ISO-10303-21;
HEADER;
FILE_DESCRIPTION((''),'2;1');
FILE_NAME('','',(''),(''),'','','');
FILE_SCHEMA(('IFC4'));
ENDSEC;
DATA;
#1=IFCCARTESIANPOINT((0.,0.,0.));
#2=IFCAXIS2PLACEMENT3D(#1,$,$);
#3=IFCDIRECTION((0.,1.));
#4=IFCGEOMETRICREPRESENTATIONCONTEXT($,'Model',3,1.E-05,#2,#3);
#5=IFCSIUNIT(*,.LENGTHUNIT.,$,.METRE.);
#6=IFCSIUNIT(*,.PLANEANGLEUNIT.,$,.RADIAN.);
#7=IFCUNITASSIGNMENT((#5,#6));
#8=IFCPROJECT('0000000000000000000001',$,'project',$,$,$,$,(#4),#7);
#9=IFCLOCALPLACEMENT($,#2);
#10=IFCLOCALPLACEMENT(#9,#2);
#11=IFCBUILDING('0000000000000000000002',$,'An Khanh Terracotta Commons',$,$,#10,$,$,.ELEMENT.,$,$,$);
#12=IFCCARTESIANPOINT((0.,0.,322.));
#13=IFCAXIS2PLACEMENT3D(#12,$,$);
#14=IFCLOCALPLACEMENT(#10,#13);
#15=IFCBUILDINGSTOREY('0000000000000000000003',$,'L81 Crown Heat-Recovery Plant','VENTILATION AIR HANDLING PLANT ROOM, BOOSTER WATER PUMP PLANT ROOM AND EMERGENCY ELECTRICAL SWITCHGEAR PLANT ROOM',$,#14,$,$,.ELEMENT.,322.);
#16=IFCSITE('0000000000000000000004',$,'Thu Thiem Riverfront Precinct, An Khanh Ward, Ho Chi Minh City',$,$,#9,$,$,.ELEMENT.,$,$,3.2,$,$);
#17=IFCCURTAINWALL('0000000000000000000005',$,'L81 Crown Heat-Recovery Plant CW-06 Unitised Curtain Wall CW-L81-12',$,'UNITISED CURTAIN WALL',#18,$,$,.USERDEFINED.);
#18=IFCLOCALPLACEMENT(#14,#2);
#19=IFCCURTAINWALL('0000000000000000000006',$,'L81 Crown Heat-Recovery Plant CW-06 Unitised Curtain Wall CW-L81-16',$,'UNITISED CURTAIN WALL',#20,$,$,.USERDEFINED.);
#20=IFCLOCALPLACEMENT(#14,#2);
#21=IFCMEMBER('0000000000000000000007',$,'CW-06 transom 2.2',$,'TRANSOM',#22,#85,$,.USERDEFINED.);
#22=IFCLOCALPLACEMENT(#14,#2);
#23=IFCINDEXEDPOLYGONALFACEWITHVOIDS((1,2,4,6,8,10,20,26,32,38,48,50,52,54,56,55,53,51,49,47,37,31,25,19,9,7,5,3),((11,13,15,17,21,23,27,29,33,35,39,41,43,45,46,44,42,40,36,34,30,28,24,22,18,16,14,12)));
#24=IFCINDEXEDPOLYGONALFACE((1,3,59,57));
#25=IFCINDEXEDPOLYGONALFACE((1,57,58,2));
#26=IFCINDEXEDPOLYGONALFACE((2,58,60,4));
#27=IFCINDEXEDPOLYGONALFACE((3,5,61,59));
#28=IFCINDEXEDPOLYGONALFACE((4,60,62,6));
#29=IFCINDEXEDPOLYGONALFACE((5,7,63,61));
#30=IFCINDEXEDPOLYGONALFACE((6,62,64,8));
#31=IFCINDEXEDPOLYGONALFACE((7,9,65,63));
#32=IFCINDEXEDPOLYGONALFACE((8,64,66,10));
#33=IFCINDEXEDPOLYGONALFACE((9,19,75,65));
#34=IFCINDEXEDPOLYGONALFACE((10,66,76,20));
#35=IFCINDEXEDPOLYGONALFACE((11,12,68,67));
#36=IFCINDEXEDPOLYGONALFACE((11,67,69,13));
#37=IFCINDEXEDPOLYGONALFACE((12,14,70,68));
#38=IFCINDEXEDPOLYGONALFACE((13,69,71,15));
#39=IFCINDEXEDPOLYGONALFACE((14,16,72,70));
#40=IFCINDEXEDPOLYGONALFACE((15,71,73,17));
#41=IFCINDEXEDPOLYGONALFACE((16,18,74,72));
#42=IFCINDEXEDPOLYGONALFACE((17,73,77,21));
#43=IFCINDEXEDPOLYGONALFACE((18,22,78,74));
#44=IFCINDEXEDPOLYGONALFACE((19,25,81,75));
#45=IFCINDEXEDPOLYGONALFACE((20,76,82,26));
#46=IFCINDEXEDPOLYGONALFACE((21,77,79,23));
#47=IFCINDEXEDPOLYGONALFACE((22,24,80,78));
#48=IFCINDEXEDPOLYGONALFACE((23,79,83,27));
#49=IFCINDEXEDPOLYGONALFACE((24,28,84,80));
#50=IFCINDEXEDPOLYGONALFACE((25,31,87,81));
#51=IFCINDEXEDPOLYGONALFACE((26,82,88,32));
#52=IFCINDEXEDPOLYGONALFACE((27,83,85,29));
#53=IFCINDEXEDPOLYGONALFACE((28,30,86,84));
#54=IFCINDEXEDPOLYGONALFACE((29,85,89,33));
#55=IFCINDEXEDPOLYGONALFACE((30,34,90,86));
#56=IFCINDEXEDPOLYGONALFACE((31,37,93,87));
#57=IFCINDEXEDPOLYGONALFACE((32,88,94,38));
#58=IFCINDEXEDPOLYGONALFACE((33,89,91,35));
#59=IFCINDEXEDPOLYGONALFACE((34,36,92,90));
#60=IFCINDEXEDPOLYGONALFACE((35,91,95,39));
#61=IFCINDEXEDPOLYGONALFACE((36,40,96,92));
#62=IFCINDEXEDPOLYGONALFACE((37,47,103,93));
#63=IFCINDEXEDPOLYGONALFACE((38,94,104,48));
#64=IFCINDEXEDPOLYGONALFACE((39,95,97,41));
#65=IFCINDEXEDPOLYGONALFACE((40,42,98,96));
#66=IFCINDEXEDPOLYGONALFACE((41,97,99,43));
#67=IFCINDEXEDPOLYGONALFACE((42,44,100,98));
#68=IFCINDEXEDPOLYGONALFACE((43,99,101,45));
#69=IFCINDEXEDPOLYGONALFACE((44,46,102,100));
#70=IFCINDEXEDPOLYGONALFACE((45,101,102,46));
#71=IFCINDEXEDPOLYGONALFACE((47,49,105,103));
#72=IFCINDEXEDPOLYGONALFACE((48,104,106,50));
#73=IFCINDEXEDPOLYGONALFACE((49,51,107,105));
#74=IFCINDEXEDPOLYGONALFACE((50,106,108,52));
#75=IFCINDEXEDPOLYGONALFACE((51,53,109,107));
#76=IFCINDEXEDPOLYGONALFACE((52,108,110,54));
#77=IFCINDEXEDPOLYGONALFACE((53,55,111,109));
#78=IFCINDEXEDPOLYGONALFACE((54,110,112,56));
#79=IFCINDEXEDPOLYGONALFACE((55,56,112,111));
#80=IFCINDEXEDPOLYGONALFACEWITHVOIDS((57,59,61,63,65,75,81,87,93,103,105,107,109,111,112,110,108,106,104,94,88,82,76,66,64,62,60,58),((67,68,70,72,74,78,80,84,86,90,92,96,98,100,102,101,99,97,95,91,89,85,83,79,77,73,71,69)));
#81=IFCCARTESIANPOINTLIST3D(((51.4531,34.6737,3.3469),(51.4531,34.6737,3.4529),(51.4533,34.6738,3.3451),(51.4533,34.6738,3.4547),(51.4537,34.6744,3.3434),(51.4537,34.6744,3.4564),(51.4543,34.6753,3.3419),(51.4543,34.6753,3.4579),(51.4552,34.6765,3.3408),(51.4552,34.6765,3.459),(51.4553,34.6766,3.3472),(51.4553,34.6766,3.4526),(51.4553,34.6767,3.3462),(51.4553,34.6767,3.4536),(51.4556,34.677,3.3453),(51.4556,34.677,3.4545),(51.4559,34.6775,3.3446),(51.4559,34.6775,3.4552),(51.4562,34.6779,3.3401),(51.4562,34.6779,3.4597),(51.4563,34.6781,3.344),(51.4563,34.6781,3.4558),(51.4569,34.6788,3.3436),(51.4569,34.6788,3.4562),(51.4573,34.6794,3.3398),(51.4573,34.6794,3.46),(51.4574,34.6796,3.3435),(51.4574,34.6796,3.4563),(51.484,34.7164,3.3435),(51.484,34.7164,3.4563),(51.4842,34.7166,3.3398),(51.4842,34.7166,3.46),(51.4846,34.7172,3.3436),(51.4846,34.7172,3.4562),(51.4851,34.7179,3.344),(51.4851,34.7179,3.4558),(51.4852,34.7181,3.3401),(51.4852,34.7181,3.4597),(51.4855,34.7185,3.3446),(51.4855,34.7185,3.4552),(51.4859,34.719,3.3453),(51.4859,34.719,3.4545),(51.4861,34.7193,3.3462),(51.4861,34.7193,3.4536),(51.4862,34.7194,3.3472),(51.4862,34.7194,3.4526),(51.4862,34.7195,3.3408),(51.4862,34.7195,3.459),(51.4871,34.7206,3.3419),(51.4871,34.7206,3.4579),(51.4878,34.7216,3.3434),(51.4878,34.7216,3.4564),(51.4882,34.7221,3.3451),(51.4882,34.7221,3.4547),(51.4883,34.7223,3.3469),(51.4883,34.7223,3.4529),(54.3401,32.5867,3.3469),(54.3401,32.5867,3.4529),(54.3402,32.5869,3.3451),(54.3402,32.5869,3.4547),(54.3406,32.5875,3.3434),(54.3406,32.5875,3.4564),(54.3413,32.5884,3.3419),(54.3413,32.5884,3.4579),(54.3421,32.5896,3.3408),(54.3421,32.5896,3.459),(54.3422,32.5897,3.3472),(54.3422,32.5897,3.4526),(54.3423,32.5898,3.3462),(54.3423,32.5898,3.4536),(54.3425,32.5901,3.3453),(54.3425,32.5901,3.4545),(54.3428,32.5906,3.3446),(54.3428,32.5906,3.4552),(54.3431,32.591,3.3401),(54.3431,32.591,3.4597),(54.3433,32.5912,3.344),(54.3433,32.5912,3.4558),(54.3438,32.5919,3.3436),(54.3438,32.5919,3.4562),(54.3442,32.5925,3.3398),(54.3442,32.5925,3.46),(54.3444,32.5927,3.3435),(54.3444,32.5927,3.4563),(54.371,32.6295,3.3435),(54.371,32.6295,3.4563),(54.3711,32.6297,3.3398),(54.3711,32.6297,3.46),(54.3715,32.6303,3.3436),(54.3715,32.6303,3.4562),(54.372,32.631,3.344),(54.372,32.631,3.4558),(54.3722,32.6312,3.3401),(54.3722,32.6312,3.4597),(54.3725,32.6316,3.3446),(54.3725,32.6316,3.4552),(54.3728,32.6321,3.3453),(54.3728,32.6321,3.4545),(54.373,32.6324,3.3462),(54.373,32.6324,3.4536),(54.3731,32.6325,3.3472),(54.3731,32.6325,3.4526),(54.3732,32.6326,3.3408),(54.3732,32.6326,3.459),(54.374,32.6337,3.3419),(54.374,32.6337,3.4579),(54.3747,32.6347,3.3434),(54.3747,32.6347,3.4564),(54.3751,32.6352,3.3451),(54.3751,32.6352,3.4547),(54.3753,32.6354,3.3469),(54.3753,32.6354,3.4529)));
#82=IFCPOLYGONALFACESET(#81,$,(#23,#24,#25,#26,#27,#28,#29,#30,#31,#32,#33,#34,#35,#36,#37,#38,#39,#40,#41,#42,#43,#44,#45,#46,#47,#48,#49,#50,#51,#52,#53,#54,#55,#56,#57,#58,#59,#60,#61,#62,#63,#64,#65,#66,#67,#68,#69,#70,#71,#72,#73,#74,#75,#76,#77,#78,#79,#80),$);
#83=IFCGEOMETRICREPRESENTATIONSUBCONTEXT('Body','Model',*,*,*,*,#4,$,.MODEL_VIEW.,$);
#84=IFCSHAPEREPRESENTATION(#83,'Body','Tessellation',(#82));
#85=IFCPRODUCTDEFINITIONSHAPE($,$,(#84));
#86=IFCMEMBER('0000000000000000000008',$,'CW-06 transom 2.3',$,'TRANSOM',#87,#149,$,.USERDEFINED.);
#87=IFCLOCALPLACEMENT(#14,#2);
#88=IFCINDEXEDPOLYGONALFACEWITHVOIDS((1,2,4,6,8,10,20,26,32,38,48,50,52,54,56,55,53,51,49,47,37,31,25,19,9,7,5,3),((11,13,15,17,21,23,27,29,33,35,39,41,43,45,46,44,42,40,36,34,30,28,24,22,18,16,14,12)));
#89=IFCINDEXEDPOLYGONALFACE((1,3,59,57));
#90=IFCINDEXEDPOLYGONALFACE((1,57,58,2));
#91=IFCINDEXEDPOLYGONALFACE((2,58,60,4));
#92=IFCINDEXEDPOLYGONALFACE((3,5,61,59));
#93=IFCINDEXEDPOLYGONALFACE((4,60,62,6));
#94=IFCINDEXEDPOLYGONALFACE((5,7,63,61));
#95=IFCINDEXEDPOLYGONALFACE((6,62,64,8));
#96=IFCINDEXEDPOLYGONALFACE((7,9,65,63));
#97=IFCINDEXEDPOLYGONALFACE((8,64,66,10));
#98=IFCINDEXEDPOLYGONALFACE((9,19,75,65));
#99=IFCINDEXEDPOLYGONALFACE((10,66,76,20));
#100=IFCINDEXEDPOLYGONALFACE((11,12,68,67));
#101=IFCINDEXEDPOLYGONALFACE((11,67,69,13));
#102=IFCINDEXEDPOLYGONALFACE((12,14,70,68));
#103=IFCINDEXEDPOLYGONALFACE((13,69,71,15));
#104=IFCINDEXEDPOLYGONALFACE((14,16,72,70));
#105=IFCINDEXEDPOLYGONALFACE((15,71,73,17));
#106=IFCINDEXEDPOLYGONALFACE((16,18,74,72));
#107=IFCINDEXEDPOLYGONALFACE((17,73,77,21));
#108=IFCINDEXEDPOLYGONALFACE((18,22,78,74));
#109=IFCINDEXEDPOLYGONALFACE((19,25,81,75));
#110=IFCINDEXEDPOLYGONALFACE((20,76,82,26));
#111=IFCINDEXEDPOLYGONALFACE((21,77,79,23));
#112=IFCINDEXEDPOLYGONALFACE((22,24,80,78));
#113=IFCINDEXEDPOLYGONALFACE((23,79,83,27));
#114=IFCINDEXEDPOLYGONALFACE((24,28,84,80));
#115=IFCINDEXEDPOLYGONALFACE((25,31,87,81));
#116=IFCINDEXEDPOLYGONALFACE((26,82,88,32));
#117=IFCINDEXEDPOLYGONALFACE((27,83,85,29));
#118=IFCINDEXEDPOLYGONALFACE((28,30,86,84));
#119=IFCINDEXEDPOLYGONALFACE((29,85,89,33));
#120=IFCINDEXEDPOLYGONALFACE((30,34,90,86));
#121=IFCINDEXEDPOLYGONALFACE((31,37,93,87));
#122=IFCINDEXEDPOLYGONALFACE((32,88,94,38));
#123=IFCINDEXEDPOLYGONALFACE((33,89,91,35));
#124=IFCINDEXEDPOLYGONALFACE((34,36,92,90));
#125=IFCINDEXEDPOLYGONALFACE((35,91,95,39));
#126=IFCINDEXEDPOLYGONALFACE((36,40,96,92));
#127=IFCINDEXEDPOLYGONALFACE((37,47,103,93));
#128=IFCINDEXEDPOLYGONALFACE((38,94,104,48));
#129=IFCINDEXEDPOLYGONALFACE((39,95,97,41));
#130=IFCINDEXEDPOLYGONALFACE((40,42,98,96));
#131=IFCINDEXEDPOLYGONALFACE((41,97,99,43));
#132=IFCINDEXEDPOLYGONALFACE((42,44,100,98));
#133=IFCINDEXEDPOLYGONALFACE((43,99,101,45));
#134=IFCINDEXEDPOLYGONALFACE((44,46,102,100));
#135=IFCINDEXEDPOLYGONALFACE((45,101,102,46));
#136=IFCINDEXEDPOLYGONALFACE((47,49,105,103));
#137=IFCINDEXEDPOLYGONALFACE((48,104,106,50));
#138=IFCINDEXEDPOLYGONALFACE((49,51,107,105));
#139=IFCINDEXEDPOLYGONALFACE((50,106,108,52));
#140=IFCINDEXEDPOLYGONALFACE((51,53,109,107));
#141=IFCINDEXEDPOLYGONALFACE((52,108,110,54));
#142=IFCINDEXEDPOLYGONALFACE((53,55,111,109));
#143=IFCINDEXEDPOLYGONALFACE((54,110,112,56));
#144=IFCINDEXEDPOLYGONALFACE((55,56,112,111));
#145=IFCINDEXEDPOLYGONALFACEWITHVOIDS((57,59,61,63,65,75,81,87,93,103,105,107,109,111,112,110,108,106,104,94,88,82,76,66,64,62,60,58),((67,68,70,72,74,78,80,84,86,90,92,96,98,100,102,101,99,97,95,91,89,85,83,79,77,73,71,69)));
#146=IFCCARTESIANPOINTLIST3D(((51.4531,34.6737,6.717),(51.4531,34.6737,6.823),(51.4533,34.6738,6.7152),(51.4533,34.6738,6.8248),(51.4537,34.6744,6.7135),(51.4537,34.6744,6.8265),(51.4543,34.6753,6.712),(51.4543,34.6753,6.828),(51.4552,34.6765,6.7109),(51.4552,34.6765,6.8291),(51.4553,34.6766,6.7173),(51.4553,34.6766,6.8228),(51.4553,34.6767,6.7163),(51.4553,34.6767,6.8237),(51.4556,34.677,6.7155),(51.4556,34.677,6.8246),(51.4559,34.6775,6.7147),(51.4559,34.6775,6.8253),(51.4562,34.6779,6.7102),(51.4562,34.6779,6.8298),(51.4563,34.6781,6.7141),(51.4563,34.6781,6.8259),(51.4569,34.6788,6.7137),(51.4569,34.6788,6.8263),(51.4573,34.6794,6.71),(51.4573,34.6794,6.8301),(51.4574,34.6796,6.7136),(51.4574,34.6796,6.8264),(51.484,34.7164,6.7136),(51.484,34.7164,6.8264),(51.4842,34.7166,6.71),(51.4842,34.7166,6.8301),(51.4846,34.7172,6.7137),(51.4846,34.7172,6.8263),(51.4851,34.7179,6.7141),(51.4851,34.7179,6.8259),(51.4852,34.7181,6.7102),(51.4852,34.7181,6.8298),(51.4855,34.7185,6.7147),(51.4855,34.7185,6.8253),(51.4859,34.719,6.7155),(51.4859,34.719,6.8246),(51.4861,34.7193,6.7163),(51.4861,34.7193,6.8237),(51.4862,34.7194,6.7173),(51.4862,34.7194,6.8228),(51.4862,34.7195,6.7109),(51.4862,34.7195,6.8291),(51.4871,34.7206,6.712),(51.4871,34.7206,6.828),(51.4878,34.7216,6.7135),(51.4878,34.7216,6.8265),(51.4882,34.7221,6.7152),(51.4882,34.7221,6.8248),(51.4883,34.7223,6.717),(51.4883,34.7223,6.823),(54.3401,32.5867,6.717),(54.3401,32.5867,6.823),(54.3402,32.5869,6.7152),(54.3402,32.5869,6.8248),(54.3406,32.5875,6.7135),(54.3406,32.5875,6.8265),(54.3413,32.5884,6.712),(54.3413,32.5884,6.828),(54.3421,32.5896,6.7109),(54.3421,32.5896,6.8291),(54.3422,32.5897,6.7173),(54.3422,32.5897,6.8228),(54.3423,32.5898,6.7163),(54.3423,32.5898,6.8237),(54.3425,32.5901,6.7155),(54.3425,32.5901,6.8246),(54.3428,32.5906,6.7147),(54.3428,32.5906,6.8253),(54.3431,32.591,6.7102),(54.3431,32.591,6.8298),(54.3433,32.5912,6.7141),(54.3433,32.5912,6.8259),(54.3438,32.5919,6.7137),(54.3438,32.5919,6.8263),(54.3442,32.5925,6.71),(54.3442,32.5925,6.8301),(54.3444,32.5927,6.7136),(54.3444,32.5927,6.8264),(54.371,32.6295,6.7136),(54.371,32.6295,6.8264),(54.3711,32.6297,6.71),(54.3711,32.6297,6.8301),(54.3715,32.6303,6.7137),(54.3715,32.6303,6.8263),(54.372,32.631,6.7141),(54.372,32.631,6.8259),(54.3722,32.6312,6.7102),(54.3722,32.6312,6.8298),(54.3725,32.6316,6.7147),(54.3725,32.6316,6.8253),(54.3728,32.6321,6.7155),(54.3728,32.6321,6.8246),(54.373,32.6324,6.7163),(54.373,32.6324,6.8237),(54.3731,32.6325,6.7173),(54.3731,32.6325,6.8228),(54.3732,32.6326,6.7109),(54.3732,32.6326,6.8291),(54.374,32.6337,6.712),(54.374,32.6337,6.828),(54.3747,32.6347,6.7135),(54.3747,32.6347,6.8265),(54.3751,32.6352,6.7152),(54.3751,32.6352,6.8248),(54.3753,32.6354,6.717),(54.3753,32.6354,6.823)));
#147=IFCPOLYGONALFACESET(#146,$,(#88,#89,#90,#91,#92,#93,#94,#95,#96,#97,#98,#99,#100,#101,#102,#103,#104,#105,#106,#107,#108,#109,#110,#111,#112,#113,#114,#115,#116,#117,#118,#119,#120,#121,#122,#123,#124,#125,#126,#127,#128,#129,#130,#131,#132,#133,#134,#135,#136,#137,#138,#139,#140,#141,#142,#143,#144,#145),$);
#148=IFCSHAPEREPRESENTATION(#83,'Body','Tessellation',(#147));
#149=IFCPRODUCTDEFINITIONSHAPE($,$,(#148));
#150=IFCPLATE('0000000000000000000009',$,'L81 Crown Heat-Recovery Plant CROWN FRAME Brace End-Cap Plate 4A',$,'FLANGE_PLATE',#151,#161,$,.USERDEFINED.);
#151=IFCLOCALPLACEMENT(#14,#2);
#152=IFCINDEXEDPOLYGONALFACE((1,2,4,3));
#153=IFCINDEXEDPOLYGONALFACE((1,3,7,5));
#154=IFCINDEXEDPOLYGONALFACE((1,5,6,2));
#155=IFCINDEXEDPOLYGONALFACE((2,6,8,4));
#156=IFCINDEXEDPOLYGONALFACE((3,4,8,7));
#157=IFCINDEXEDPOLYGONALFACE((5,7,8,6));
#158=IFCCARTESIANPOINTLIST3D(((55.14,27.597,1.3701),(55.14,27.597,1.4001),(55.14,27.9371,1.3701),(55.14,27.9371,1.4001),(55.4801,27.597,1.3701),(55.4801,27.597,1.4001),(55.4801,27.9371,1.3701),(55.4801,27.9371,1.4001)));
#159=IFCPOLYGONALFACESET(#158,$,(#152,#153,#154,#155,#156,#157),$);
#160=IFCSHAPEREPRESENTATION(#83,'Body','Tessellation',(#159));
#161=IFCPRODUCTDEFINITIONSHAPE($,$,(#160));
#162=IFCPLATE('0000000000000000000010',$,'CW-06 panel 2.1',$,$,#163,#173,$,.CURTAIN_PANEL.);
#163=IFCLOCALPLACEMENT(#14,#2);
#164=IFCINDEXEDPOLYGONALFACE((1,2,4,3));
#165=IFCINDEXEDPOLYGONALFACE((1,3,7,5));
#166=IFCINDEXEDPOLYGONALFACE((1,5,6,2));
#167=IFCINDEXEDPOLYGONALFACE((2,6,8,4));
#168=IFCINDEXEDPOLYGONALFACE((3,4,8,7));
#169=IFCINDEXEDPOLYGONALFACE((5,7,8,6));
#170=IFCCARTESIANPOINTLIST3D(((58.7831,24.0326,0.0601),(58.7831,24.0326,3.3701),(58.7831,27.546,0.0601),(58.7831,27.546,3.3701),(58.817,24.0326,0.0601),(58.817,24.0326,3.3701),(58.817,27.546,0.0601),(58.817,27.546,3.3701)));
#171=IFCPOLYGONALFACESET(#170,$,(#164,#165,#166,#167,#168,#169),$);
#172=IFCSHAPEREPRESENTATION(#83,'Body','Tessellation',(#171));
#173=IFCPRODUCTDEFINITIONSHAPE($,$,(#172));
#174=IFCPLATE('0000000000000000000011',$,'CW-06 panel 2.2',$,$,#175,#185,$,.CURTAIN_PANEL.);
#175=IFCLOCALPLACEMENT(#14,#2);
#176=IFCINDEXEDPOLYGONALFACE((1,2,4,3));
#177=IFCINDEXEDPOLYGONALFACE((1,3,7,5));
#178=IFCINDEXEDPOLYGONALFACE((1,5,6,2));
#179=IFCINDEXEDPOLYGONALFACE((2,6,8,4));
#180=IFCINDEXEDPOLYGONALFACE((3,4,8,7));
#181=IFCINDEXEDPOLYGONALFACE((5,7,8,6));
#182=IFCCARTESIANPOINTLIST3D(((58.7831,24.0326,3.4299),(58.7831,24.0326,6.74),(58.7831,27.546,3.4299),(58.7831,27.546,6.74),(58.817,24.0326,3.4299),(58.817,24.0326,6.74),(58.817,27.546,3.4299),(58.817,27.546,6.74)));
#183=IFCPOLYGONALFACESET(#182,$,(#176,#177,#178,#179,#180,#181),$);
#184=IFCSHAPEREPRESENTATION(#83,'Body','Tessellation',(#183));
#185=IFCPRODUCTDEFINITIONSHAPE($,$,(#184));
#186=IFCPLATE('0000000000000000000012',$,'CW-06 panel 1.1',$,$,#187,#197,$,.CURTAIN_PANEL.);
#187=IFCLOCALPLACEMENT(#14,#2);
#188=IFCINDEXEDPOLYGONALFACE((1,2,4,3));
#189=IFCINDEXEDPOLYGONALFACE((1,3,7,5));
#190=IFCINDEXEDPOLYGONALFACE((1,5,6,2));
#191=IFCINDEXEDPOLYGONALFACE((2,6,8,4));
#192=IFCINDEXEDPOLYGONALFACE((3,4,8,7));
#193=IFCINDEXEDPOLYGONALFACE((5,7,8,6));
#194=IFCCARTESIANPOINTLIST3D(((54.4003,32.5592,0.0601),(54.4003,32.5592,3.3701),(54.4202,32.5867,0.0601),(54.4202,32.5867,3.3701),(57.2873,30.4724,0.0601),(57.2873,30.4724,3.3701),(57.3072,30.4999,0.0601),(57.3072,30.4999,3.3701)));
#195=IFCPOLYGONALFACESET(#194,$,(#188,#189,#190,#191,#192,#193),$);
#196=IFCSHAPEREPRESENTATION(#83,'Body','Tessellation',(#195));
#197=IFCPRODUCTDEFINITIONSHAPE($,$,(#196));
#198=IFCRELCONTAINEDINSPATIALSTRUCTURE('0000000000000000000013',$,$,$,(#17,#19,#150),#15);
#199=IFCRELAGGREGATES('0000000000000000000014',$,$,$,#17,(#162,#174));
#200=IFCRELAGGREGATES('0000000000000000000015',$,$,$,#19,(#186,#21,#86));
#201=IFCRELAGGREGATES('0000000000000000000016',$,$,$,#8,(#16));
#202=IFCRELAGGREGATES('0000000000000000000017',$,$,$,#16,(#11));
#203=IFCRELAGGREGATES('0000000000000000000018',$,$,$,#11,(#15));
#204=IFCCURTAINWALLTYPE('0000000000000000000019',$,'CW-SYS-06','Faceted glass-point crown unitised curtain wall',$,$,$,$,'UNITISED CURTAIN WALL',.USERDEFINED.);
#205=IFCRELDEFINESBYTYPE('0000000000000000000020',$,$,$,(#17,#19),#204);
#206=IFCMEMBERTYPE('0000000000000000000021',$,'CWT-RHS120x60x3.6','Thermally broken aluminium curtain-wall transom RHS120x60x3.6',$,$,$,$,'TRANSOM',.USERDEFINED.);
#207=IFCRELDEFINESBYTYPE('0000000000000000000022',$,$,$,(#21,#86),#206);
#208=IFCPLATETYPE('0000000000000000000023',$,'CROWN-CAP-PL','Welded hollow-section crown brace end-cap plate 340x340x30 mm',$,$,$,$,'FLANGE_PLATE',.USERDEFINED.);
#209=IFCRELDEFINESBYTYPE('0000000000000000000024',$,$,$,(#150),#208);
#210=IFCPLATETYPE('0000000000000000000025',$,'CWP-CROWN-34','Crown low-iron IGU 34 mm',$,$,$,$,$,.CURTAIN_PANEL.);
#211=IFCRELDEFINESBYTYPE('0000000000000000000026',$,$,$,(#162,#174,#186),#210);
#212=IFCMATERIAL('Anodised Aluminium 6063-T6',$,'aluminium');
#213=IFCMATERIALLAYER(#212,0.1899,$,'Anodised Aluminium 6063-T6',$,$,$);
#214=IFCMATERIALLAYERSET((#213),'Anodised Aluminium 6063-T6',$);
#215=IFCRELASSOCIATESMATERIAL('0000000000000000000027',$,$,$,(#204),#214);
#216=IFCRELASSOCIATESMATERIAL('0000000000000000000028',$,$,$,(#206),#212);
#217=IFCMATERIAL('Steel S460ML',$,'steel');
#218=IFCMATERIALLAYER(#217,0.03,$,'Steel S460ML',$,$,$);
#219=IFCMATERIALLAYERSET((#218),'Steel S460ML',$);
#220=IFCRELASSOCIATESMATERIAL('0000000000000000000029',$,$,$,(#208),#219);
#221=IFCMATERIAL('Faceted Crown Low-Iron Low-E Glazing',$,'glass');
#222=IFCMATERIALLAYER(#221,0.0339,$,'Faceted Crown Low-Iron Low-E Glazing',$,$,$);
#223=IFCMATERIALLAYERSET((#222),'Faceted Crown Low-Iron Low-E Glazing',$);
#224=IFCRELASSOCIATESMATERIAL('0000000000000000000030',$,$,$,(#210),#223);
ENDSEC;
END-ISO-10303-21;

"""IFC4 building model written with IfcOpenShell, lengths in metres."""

from ifc_helpers import new_model, si_unit, direction, frame, origin, origin_2d, place, context, subcontext, project, spatial, rectangle, hollow_rectangle, extrude, material, layer, layer_set, material_profile, profile_set, type_object, element, aggregate, save


model = new_model("IFC4")

# Units and contexts
model_context = context("Model", 3, precision=1e-05, world=origin(), true_north=direction((0.0, 1.0)))
body_context = subcontext(model_context, "Body", "Model", "MODEL_VIEW")
ifc_project = project(units=[si_unit("LENGTHUNIT", "METRE"), si_unit("PLANEANGLEUNIT", "RADIAN")], contexts=[model_context])

# Site, building, storey
site_placement = place(None, origin())
site = spatial("IfcSite", under=ifc_project, at=site_placement, Name="Thu Thiem Riverfront Precinct, An Khanh Ward, Ho Chi Minh City", CompositionType="ELEMENT", RefElevation=3.2)
building_placement = place(site_placement, origin())
building = spatial("IfcBuilding", under=site, at=building_placement, Name="An Khanh Terracotta Commons", CompositionType="ELEMENT")
storey_placement = place(building_placement, frame((0.0, 0.0, 322.0)))
storey = spatial("IfcBuildingStorey", under=building, at=storey_placement, Name="L81 Crown Heat-Recovery Plant", Description="VENTILATION AIR HANDLING PLANT ROOM, BOOSTER WATER PUMP PLANT ROOM AND EMERGENCY ELECTRICAL SWITCHGEAR PLANT ROOM", CompositionType="ELEMENT", Elevation=322.0)

# Shared definitions
ifc_material_1 = material(Name="Steel S460ML", Category="steel")

# Curtain walls
ifc_material_2 = material(Name="Anodised Aluminium 6063-T6", Category="aluminium")
ifc_layer_1 = layer(ifc_material_2, 0.1899, Name="Anodised Aluminium 6063-T6")
ifc_layer_set_1 = layer_set([ifc_layer_1], Name="Anodised Aluminium 6063-T6")
curtain_wall_type = type_object("IfcCurtainWallType", Name="CW-SYS-06", Description="Faceted glass-point crown unitised curtain wall", ElementType="UNITISED CURTAIN WALL", PredefinedType="USERDEFINED", material=ifc_layer_set_1)
curtain_wall_1_placement = place(storey_placement, origin())
curtain_wall_1 = element("IfcCurtainWall", 1, at=curtain_wall_1_placement, inside=storey, type_object=curtain_wall_type, Name="L81 Crown Heat-Recovery Plant CW-06 Unitised Curtain Wall CW-L81-12", ObjectType="UNITISED CURTAIN WALL", PredefinedType="USERDEFINED")
curtain_wall_2_placement = place(storey_placement, origin())
curtain_wall_2 = element("IfcCurtainWall", 2, at=curtain_wall_2_placement, inside=storey, type_object=curtain_wall_type, Name="L81 Crown Heat-Recovery Plant CW-06 Unitised Curtain Wall CW-L81-16", ObjectType="UNITISED CURTAIN WALL", PredefinedType="USERDEFINED")

# Members
ifc_material_profile_1 = material_profile(ifc_material_2, hollow_rectangle(XDim=0.0601, YDim=0.1201, WallThickness=0.0037, InnerFilletRadius=0.0037, OuterFilletRadius=0.0071, at=origin_2d()), Name="RHS120x60x3.6")
ifc_profile_set_1 = profile_set([ifc_material_profile_1], Name="Anodised Aluminium 6063-T6")
member_type_1 = type_object("IfcMemberType", Name="CWT-RHS120x60x3.6", Description="Thermally broken aluminium curtain-wall transom RHS120x60x3.6", ElementType="TRANSOM", PredefinedType="USERDEFINED", material=ifc_profile_set_1)
member_1_placement = place(storey_placement, frame((54.3577, 32.6111, 3.3999), z_axis=(-0.810428, 0.585838, 0.0), x_axis=(-0.585838, -0.810428, 0.0)))
member_1 = element("IfcMember", 3, at=member_1_placement, type_object=member_type_1, Name="CW-06 transom 2.2", ObjectType="TRANSOM", PredefinedType="USERDEFINED", context=body_context, shape_type="SweptSolid", body=[
    extrude(hollow_rectangle(XDim=0.0601, YDim=0.1201, WallThickness=0.0037, InnerFilletRadius=0.0037, OuterFilletRadius=0.0071, at=origin_2d()), origin(), (0.0, 0.0, 1.0), 3.5623),
])
member_2_placement = place(storey_placement, frame((54.3577, 32.6111, 6.77), z_axis=(-0.810428, 0.585838, 0.0), x_axis=(-0.585838, -0.810428, 0.0)))
member_2 = element("IfcMember", 4, at=member_2_placement, type_object=member_type_1, Name="CW-06 transom 2.3", ObjectType="TRANSOM", PredefinedType="USERDEFINED", context=body_context, shape_type="SweptSolid", body=[
    extrude(hollow_rectangle(XDim=0.0601, YDim=0.1201, WallThickness=0.0037, InnerFilletRadius=0.0037, OuterFilletRadius=0.0071, at=origin_2d()), origin(), (0.0, 0.0, 1.0), 3.5623),
])

# Plates
ifc_layer_2 = layer(ifc_material_1, 0.03, Name="Steel S460ML")
ifc_layer_set_2 = layer_set([ifc_layer_2], Name="Steel S460ML")
plate_type_1 = type_object("IfcPlateType", Name="CROWN-CAP-PL", Description="Welded hollow-section crown brace end-cap plate 340x340x30 mm", ElementType="FLANGE_PLATE", PredefinedType="USERDEFINED", material=ifc_layer_set_2)
plate_1_placement = place(storey_placement, frame((55.3101, 27.7671, 1.3701), z_axis=(0.0, 0.0, 1.0), x_axis=(1.0, 0.0, 0.0)))
element("IfcPlate", 5, at=plate_1_placement, inside=storey, type_object=plate_type_1, Name="L81 Crown Heat-Recovery Plant CROWN FRAME Brace End-Cap Plate 4A", ObjectType="FLANGE_PLATE", PredefinedType="USERDEFINED", context=body_context, shape_type="SweptSolid", body=[
    extrude(rectangle(XDim=0.3401, YDim=0.3401, at=origin_2d()), origin(), (0.0, 0.0, 1.0), 0.03),
])
ifc_material_3 = material(Name="Faceted Crown Low-Iron Low-E Glazing", Category="glass")
ifc_layer_3 = layer(ifc_material_3, 0.0339, Name="Faceted Crown Low-Iron Low-E Glazing")
ifc_layer_set_3 = layer_set([ifc_layer_3], Name="Faceted Crown Low-Iron Low-E Glazing")
plate_type_2 = type_object("IfcPlateType", Name="CWP-CROWN-34", Description="Crown low-iron IGU 34 mm", PredefinedType="CURTAIN_PANEL", material=ifc_layer_set_3)
plate_2_placement = place(storey_placement, frame((58.8, 25.7893, 0.0601), z_axis=(0.0, 0.0, 1.0), x_axis=(0.0, 1.0, 0.0)))
plate_2 = element("IfcPlate", 6, at=plate_2_placement, type_object=plate_type_2, Name="CW-06 panel 2.1", PredefinedType="CURTAIN_PANEL", context=body_context, shape_type="SweptSolid", body=[
    extrude(rectangle(XDim=3.5134, YDim=0.0339, at=origin_2d()), origin(), (0.0, 0.0, 1.0), 3.3101),
])
plate_3_placement = place(storey_placement, frame((58.8, 25.7893, 3.4299), z_axis=(0.0, 0.0, 1.0), x_axis=(0.0, 1.0, 0.0)))
plate_3 = element("IfcPlate", 7, at=plate_3_placement, type_object=plate_type_2, Name="CW-06 panel 2.2", PredefinedType="CURTAIN_PANEL", context=body_context, shape_type="SweptSolid", body=[
    extrude(rectangle(XDim=3.5134, YDim=0.0339, at=origin_2d()), origin(), (0.0, 0.0, 1.0), 3.3101),
])
aggregate(curtain_wall_1, [plate_2, plate_3])
plate_4_placement = place(storey_placement, frame((55.8538, 31.5295, 0.0601), z_axis=(0.0, 0.0, 1.0), x_axis=(-0.810434, 0.58583, 0.0)))
plate_4 = element("IfcPlate", 8, at=plate_4_placement, type_object=plate_type_2, Name="CW-06 panel 1.1", PredefinedType="CURTAIN_PANEL", context=body_context, shape_type="SweptSolid", body=[
    extrude(rectangle(XDim=3.5623, YDim=0.0339, at=origin_2d()), origin(), (0.0, 0.0, 1.0), 3.3101),
])
aggregate(curtain_wall_2, [plate_4, member_1, member_2])

save(model, "model.ifc")
